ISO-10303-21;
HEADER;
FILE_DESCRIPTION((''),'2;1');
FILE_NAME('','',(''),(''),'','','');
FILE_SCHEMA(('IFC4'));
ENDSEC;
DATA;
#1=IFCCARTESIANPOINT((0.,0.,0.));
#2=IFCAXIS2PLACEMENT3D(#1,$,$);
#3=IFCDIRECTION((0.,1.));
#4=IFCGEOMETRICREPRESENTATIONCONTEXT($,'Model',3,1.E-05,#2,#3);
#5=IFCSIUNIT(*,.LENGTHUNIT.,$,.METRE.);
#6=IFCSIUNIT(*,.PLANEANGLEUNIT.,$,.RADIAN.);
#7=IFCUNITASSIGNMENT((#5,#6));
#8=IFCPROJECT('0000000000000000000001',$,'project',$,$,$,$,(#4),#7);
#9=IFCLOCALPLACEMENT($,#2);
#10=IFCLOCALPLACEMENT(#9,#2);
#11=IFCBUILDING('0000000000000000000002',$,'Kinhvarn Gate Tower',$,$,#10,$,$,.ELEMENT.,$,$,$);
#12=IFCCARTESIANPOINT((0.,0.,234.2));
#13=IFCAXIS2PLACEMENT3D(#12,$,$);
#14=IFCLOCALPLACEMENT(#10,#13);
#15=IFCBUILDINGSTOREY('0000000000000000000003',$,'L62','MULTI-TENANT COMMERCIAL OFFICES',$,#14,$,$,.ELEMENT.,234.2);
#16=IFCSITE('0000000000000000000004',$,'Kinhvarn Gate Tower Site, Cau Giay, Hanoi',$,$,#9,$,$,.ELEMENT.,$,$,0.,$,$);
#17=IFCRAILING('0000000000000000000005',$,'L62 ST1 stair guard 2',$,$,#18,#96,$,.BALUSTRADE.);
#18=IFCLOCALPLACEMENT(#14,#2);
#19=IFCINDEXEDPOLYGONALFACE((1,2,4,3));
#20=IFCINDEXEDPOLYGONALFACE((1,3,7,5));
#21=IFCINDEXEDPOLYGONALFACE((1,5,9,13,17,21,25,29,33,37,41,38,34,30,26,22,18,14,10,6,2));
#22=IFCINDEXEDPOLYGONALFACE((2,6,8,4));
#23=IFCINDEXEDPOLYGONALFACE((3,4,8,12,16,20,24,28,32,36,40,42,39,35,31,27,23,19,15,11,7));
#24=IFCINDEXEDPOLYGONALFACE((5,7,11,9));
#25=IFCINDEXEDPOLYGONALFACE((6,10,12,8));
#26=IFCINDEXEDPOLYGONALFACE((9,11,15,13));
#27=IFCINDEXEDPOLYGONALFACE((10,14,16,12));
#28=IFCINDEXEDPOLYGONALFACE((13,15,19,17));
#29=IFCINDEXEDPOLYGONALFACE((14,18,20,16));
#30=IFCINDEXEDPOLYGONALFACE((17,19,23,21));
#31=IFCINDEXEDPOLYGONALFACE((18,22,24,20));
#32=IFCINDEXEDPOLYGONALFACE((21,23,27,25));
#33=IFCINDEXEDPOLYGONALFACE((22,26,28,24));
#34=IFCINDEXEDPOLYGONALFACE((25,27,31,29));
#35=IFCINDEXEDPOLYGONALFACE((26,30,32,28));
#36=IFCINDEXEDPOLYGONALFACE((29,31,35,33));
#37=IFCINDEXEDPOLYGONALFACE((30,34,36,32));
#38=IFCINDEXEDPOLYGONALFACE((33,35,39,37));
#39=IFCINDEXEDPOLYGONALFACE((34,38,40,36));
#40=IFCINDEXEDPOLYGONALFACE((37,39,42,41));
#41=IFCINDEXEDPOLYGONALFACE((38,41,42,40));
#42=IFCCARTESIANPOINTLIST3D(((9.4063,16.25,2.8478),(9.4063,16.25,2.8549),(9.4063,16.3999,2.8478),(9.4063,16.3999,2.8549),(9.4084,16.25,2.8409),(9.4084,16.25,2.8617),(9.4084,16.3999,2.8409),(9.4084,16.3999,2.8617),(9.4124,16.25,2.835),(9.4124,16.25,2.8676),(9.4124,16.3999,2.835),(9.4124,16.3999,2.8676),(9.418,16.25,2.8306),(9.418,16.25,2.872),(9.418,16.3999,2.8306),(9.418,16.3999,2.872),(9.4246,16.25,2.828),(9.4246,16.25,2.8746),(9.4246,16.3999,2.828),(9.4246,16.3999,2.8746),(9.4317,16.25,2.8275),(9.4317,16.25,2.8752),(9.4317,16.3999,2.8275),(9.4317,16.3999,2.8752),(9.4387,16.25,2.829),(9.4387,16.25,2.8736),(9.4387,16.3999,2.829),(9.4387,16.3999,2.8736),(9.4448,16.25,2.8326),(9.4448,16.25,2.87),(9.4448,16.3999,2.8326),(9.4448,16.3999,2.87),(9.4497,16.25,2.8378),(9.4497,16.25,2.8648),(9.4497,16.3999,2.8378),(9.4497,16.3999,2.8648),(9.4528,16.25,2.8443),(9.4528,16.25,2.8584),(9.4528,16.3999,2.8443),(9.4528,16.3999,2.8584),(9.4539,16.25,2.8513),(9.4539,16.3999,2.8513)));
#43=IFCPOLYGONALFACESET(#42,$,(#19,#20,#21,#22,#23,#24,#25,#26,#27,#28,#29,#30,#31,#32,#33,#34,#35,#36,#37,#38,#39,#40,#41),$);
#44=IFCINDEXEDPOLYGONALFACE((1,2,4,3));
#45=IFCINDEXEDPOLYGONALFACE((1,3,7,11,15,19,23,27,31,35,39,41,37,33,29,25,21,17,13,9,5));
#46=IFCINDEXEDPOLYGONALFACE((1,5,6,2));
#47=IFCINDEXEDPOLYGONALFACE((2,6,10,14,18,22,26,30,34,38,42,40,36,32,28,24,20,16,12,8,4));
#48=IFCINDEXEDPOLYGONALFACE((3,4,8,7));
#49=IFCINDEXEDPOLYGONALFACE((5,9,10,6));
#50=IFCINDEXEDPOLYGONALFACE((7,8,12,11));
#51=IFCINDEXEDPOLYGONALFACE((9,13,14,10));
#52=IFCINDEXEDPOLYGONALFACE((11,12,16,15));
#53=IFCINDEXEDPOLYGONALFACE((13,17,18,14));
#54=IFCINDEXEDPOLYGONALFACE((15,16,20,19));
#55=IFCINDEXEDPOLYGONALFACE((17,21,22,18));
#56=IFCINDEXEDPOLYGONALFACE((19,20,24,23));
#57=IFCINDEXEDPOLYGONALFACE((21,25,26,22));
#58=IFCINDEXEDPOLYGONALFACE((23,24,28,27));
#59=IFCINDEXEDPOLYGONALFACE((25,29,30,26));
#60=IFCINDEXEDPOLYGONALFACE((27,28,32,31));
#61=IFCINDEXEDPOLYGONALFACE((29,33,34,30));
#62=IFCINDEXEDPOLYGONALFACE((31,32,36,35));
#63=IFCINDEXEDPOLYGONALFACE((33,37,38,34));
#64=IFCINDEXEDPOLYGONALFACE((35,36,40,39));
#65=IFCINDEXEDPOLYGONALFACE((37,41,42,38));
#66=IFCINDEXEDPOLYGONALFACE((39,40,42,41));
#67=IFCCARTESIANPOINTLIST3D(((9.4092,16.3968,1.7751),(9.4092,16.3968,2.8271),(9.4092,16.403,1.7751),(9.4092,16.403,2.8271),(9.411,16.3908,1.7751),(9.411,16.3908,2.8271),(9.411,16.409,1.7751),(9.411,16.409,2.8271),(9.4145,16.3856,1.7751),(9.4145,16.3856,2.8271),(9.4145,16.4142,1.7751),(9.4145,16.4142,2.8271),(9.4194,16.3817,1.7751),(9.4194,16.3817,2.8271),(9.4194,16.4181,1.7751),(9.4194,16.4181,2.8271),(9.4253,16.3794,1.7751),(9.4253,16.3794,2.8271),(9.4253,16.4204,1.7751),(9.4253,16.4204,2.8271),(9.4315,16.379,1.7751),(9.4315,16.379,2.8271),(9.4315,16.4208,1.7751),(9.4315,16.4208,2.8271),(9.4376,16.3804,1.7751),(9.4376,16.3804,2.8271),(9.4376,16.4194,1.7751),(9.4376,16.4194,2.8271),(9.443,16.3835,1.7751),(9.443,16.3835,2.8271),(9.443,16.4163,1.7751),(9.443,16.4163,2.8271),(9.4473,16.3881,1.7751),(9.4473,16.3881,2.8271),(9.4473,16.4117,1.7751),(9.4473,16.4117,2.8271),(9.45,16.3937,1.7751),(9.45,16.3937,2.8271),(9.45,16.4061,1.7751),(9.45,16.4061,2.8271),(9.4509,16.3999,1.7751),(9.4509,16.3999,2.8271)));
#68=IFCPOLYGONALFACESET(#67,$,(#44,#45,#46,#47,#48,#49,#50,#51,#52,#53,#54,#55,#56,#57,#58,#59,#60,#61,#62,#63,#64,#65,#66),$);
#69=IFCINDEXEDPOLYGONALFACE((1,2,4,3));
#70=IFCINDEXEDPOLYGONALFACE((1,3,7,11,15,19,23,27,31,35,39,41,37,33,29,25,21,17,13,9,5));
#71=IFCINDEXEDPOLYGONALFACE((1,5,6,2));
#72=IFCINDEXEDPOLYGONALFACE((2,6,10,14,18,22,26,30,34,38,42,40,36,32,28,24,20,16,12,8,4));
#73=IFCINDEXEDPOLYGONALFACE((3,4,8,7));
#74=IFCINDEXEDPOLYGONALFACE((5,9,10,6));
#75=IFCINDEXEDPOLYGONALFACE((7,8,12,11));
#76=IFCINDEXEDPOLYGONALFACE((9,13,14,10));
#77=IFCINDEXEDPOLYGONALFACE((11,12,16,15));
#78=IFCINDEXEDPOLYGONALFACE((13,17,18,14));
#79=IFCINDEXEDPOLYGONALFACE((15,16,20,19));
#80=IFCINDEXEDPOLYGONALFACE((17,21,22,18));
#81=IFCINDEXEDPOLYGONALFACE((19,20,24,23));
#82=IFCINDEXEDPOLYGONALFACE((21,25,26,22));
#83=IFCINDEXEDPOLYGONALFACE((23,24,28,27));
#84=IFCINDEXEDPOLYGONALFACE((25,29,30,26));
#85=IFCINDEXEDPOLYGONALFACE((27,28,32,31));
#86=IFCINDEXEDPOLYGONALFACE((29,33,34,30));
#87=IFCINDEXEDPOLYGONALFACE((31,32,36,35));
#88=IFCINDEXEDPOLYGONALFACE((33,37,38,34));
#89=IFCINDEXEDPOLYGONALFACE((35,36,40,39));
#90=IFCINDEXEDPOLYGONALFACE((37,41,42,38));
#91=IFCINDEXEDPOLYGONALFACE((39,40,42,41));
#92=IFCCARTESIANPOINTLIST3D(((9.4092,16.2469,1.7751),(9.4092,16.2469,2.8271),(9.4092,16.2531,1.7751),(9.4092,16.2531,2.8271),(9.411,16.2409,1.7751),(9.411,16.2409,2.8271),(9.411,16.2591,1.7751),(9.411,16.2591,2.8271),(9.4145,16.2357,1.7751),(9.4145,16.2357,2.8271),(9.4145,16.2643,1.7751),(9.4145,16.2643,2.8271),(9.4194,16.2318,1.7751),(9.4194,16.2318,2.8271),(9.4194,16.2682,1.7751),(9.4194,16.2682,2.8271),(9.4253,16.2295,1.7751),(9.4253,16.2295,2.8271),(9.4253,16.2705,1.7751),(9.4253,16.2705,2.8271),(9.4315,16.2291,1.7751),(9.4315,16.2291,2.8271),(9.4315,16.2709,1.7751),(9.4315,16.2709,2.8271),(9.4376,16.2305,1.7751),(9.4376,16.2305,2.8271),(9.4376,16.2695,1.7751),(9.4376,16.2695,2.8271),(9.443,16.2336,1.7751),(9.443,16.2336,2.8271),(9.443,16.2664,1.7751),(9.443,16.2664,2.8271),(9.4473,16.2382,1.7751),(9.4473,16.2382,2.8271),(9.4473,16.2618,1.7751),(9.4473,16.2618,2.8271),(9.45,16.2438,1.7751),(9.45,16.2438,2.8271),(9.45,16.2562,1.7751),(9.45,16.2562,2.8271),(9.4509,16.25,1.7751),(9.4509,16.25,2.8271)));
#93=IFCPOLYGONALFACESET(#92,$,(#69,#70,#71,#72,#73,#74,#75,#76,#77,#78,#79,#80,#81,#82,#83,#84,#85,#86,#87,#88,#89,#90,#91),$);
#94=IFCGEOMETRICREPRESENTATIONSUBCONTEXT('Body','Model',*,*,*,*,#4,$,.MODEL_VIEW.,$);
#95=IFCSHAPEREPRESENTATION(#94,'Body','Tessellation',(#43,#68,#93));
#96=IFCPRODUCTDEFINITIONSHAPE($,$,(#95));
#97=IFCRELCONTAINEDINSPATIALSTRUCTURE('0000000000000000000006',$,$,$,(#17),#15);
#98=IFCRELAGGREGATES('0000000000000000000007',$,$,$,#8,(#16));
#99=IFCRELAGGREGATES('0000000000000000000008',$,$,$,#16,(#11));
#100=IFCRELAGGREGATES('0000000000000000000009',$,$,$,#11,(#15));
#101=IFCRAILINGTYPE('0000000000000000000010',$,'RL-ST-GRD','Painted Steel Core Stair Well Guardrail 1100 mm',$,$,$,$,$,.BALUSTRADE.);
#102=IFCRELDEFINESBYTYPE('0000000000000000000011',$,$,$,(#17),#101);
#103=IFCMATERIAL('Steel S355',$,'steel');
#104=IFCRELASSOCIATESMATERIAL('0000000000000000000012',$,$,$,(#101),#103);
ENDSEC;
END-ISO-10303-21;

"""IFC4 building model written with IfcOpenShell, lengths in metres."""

from ifc_helpers import new_model, si_unit, direction, frame, origin, origin_2d, place, context, subcontext, project, spatial, circle, extrude, material, type_object, element, save


model = new_model("IFC4")

# Units and contexts
model_context = context("Model", 3, precision=1e-05, world=origin(), true_north=direction((0.0, 1.0)))
body_context = subcontext(model_context, "Body", "Model", "MODEL_VIEW")
ifc_project = project(units=[si_unit("LENGTHUNIT", "METRE"), si_unit("PLANEANGLEUNIT", "RADIAN")], contexts=[model_context])

# Site, building, storey
site_placement = place(None, origin())
site = spatial("IfcSite", under=ifc_project, at=site_placement, Name="Kinhvarn Gate Tower Site, Cau Giay, Hanoi", CompositionType="ELEMENT", RefElevation=0.0)
building_placement = place(site_placement, origin())
building = spatial("IfcBuilding", under=site, at=building_placement, Name="Kinhvarn Gate Tower", CompositionType="ELEMENT")
storey_placement = place(building_placement, frame((0.0, 0.0, 234.2)))
storey = spatial("IfcBuildingStorey", under=building, at=storey_placement, Name="L62", Description="MULTI-TENANT COMMERCIAL OFFICES", CompositionType="ELEMENT", Elevation=234.2)

# Shared definitions
ifc_material_1 = material(Name="Steel S355", Category="steel")

# Railing
railing_type_1 = type_object("IfcRailingType", Name="RL-ST-GRD", Description="Painted Steel Core Stair Well Guardrail 1100 mm", PredefinedType="BALUSTRADE", material=ifc_material_1)
railing_1_placement = place(storey_placement, frame((9.4299, 16.3999, 1.7751)))
element("IfcRailing", 1, at=railing_1_placement, inside=storey, type_object=railing_type_1, Name="L62 ST1 stair guard 2", PredefinedType="BALUSTRADE", context=body_context, shape_type="SweptSolid", body=[
    extrude(circle(Radius=0.0239, at=origin_2d()), frame((0.0, 0.0, 1.0762), z_axis=(0.0, -1.0, 0.0), x_axis=(1.0, 0.0, 0.0)), (0.0, 0.0, 1.0), 0.1499),
    extrude(circle(Radius=0.021, at=origin_2d()), origin(), (0.0, 0.0, 1.0), 1.052),
    extrude(circle(Radius=0.021, at=origin_2d()), frame((0.0, -0.1499, 0.0)), (0.0, 0.0, 1.0), 1.052),
])

save(model, "model.ifc")
